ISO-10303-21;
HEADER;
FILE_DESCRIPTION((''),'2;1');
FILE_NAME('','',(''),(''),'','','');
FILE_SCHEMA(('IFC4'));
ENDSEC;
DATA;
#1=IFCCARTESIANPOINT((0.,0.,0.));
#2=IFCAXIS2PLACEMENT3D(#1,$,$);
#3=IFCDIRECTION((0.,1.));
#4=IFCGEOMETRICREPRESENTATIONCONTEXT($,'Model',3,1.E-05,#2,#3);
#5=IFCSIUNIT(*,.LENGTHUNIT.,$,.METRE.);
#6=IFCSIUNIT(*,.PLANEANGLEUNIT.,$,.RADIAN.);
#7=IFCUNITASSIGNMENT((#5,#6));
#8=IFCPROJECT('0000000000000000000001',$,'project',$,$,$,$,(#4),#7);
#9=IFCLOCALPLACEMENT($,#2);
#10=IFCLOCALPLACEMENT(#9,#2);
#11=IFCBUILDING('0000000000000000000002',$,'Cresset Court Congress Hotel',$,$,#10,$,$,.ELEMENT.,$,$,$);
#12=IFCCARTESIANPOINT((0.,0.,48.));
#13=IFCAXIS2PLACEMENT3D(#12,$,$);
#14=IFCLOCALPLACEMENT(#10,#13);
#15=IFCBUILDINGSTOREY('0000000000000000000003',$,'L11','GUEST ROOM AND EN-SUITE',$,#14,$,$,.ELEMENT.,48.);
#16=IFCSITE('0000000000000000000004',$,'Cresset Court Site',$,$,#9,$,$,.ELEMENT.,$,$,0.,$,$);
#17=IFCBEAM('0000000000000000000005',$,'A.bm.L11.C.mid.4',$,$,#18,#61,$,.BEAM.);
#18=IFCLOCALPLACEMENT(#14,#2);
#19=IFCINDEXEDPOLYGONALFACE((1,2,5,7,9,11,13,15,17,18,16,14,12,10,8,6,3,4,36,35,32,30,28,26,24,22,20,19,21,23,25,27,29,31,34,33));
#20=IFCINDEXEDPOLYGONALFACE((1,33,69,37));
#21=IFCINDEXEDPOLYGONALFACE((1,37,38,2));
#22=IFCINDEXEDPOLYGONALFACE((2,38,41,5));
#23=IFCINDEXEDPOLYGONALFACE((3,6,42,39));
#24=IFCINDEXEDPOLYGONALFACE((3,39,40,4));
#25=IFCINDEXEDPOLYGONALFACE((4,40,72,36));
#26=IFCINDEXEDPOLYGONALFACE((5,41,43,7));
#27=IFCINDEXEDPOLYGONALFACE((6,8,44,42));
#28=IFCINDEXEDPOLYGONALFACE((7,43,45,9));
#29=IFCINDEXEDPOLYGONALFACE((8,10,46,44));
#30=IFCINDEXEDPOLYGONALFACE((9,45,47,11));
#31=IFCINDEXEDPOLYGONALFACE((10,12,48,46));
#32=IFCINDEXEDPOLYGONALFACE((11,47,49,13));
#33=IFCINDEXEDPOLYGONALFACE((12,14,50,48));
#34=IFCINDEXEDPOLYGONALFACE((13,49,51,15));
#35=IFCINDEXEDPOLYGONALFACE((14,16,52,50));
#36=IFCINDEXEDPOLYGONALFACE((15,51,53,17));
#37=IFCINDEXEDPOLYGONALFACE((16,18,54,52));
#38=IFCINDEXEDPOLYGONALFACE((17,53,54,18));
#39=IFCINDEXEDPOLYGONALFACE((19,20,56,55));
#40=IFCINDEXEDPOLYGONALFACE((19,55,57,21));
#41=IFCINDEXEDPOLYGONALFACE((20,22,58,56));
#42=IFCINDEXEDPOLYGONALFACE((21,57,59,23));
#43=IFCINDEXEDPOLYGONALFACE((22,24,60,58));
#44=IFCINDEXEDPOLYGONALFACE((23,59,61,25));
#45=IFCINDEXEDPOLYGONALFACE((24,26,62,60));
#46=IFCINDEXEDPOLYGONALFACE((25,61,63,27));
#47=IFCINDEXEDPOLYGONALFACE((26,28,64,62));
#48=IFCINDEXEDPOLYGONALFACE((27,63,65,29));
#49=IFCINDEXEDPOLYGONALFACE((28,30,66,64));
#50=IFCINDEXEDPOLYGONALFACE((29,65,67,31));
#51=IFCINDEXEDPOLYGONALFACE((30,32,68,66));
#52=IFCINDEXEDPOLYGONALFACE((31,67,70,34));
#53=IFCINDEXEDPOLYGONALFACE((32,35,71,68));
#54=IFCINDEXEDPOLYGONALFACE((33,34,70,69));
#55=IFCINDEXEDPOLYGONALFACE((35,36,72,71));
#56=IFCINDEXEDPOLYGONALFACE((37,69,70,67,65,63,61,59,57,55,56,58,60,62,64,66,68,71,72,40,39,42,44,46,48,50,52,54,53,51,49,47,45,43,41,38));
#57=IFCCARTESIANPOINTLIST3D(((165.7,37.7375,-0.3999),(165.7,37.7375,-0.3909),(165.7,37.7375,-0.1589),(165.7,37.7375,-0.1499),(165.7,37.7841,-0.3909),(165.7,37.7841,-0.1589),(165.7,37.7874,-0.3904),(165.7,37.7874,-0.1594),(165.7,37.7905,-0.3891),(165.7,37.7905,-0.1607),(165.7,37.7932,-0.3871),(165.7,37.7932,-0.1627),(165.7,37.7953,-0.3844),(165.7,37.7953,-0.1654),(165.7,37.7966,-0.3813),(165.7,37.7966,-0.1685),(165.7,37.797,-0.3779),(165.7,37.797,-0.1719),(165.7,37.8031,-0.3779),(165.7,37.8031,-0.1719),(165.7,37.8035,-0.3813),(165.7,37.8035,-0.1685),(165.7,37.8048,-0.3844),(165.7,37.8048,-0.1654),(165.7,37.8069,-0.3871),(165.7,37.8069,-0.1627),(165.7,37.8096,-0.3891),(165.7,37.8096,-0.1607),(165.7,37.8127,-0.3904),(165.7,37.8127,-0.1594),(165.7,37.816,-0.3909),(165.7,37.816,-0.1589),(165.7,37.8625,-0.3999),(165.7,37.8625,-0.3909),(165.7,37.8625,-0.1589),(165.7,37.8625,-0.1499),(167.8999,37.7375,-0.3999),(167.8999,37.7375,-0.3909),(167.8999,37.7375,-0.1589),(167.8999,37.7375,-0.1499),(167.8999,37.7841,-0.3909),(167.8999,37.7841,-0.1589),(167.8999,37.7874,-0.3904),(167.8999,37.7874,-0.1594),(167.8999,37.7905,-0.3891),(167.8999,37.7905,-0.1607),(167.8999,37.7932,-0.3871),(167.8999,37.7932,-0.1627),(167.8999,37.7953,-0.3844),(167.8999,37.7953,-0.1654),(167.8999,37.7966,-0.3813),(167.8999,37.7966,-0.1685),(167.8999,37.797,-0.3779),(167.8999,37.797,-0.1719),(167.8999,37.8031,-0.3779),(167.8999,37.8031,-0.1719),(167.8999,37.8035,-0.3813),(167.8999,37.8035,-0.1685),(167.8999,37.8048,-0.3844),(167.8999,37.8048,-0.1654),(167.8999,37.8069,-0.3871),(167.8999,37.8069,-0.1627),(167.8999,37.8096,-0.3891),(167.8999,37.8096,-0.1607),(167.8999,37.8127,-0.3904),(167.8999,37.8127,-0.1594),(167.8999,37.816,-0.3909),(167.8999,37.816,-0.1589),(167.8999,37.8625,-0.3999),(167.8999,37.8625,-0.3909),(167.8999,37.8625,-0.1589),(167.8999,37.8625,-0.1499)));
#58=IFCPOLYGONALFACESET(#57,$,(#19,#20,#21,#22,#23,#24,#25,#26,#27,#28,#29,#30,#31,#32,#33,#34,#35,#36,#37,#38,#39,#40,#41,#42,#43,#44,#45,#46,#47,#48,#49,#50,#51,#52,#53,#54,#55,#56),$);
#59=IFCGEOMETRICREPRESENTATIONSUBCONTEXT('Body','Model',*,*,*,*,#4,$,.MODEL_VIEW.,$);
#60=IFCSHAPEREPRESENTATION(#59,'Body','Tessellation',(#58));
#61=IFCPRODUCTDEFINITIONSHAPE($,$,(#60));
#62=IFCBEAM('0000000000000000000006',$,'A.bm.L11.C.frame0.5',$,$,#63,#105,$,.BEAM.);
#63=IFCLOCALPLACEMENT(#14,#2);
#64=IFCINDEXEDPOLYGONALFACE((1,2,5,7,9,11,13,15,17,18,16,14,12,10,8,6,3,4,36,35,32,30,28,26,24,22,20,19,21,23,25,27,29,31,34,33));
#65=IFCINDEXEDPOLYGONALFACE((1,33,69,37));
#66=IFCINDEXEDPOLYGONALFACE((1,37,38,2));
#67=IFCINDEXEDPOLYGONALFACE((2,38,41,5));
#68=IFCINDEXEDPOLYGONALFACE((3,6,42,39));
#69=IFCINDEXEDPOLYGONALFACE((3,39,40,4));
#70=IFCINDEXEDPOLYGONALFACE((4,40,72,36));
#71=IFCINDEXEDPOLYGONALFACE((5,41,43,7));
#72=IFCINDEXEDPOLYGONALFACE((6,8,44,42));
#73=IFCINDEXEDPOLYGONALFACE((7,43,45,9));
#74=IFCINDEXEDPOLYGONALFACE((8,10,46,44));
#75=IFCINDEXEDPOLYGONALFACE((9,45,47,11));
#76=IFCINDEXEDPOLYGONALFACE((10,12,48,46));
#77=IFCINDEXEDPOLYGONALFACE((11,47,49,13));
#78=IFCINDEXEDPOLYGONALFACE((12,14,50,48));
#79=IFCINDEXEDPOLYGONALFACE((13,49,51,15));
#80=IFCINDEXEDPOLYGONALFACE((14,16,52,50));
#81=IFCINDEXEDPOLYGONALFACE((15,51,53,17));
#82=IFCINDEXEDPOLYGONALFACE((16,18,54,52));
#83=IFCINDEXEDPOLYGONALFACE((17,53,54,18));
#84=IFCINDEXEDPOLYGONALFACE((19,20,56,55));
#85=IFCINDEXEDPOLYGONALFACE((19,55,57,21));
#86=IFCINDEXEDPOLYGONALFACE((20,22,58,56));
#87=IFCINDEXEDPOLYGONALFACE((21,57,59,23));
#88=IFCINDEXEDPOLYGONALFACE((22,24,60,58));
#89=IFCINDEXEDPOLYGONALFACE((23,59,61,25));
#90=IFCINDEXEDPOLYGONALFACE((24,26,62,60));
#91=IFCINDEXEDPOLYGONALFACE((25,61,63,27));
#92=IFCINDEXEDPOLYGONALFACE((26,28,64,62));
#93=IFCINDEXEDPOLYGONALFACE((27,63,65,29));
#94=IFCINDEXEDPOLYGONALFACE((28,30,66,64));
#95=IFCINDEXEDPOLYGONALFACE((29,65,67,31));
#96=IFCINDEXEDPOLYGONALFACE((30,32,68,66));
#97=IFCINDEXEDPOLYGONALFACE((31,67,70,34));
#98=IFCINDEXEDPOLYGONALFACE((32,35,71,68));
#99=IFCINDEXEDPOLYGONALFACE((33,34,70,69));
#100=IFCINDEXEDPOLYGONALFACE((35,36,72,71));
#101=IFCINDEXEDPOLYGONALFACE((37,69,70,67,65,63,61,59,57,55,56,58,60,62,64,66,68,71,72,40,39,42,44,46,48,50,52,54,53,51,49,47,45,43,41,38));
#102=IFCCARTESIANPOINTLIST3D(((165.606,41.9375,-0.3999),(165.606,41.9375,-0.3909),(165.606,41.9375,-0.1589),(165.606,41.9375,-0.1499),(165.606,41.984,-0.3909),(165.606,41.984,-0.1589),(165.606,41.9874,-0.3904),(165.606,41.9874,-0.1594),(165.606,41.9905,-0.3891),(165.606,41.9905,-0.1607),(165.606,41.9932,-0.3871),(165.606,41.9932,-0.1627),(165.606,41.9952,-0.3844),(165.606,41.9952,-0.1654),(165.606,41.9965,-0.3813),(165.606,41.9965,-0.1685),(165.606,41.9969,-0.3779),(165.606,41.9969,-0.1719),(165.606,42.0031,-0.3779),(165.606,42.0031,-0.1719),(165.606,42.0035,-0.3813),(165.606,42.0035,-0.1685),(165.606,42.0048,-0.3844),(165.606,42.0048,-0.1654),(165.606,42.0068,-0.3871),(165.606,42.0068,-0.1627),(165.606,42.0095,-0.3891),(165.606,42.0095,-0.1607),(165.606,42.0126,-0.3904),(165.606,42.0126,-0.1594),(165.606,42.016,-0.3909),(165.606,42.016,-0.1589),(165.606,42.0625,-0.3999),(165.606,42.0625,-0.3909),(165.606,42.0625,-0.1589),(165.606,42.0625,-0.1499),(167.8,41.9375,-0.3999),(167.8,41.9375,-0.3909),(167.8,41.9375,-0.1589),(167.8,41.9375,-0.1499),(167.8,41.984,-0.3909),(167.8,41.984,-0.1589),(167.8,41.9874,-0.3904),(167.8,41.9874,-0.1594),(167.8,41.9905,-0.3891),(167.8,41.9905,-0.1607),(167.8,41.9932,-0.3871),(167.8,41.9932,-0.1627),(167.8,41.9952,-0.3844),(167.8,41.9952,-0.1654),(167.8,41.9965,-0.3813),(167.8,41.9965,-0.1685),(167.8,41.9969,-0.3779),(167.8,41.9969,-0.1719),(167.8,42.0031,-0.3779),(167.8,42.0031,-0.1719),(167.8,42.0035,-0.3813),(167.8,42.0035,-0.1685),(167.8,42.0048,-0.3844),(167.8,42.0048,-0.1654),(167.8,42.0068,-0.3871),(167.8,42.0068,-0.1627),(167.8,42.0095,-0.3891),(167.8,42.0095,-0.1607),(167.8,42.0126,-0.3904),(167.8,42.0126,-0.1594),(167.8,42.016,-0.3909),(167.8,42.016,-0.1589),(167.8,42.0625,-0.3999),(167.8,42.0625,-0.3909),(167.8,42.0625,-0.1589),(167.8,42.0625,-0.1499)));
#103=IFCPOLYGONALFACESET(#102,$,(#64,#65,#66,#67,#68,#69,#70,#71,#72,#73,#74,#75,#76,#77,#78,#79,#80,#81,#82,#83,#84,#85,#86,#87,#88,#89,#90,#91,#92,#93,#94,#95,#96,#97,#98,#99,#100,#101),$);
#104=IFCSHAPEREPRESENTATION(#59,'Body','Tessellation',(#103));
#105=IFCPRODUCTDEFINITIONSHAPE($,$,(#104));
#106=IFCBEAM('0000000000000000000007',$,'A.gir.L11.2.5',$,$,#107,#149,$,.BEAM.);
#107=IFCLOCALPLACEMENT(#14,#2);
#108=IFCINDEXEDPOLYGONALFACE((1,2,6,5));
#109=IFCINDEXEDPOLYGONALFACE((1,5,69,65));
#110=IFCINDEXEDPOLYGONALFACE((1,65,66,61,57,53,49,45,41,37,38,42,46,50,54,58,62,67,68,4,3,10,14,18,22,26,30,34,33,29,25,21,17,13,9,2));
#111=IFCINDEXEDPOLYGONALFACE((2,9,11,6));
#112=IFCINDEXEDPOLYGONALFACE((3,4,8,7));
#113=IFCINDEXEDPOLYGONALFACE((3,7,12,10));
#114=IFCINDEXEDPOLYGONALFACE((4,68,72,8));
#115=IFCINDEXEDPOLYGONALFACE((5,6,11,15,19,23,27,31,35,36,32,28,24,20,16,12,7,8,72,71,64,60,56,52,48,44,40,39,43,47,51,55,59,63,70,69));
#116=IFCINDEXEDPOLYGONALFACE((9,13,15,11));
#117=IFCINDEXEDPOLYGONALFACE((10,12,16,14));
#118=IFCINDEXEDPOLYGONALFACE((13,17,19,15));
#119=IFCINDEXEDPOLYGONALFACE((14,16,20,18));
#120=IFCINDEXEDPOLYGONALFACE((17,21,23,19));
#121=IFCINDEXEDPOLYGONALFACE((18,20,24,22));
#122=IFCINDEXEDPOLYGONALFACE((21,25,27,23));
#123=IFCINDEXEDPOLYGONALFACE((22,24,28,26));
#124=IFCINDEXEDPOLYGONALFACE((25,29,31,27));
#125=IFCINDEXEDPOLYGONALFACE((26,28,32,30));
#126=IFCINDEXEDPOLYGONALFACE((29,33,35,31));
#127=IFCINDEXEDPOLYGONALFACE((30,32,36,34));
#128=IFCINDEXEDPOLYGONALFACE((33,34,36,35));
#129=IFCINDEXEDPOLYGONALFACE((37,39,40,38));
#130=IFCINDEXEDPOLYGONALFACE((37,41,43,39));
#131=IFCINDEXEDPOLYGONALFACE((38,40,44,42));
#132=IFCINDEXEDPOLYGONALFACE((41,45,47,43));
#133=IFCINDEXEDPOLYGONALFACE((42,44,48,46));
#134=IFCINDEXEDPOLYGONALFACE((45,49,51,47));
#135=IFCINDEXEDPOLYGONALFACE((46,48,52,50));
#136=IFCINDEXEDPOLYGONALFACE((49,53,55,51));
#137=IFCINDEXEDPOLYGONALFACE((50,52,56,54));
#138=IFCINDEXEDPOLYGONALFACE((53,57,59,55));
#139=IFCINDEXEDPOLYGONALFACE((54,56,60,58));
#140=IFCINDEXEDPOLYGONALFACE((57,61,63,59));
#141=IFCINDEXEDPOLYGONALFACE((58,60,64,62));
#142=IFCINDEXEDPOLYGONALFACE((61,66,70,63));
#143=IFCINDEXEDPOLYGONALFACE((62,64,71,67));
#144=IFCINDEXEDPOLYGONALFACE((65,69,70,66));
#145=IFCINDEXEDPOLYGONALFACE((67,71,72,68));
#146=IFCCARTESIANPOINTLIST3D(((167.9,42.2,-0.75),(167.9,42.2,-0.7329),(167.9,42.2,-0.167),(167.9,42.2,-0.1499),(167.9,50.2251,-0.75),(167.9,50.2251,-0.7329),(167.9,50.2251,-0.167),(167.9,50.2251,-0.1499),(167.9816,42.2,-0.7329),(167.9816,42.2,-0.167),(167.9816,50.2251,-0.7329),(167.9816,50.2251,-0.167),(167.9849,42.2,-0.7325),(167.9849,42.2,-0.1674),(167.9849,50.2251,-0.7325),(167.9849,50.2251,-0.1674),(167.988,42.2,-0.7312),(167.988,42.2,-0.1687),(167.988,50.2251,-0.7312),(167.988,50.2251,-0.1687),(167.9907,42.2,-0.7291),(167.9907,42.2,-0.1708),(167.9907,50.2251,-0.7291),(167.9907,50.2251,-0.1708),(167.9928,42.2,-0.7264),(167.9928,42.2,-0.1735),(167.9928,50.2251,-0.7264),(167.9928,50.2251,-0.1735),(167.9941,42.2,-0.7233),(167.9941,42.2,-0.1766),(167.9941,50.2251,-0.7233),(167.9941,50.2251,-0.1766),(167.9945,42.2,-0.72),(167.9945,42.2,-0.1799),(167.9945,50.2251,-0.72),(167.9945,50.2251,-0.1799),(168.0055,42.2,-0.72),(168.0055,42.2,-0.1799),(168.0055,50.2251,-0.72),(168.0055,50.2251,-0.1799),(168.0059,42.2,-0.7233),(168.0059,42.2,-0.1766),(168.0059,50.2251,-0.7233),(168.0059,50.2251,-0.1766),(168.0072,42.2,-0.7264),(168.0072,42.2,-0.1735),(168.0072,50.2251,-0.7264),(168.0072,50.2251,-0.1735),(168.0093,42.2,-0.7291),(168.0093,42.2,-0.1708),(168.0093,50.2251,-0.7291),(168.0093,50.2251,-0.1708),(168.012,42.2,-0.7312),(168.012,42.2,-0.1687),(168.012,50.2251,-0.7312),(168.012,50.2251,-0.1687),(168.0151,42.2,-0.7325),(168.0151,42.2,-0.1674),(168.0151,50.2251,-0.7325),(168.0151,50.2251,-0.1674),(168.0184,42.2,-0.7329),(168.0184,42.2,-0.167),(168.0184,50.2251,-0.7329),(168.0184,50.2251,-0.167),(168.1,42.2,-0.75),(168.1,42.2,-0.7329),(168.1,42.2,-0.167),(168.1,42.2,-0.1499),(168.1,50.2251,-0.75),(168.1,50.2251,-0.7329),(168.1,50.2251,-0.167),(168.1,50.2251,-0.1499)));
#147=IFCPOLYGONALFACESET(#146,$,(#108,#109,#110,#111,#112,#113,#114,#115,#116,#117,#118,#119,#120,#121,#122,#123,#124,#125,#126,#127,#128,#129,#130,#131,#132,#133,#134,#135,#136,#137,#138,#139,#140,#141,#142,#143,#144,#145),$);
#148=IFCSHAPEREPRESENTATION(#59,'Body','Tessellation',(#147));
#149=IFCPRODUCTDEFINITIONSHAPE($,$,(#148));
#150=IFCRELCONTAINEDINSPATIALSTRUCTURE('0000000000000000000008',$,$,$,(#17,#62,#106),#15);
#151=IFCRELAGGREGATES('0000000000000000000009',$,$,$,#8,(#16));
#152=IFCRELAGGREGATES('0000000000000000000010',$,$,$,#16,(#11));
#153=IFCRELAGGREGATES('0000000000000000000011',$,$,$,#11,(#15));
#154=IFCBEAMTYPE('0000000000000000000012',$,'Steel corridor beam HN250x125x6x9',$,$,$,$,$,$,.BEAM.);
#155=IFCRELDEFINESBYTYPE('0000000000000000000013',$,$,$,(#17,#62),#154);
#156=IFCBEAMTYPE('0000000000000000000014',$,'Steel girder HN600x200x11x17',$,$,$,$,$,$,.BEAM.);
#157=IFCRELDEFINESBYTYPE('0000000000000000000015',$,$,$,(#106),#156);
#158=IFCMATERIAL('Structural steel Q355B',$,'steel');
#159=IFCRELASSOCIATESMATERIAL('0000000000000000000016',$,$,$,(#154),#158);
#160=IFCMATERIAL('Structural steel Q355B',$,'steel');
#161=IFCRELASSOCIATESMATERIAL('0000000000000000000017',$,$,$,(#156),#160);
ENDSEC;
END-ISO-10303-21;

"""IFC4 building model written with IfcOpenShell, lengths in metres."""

from ifc_helpers import new_model, si_unit, direction, frame, origin, origin_2d, place, context, subcontext, project, spatial, i_section, extrude, material, material_profile, profile_set, type_object, element, save


model = new_model("IFC4")

# Units and contexts
model_context = context("Model", 3, precision=1e-05, world=origin(), true_north=direction((0.0, 1.0)))
body_context = subcontext(model_context, "Body", "Model", "MODEL_VIEW")
ifc_project = project(units=[si_unit("LENGTHUNIT", "METRE"), si_unit("PLANEANGLEUNIT", "RADIAN")], contexts=[model_context])

# Site, building, storey
site_placement = place(None, origin())
site = spatial("IfcSite", under=ifc_project, at=site_placement, Name="Cresset Court Site", CompositionType="ELEMENT", RefElevation=0.0)
building_placement = place(site_placement, origin())
building = spatial("IfcBuilding", under=site, at=building_placement, Name="Cresset Court Congress Hotel", CompositionType="ELEMENT")
storey_placement = place(building_placement, frame((0.0, 0.0, 48.0)))
storey = spatial("IfcBuildingStorey", under=building, at=storey_placement, Name="L11", Description="GUEST ROOM AND EN-SUITE", CompositionType="ELEMENT", Elevation=48.0)

# Beams
ifc_material_1 = material(Name="Structural steel Q355B", Category="steel")
ifc_material_profile_1 = material_profile(ifc_material_1, i_section(OverallWidth=0.125, OverallDepth=0.25, WebThickness=0.0061, FlangeThickness=0.009, FilletRadius=0.0129, at=origin_2d()), Name="HN250x125x6x9")
ifc_profile_set_1 = profile_set([ifc_material_profile_1], Name="Structural steel Q355B")
beam_type_1 = type_object("IfcBeamType", Name="Steel corridor beam HN250x125x6x9", PredefinedType="BEAM", material=ifc_profile_set_1)
beam_1_placement = place(storey_placement, frame((165.7, 37.8, -0.2749), z_axis=(1.0, 0.0, 0.0), x_axis=(0.0, 1.0, 0.0)))
element("IfcBeam", 1, at=beam_1_placement, inside=storey, type_object=beam_type_1, Name="A.bm.L11.C.mid.4", PredefinedType="BEAM", context=body_context, shape_type="SweptSolid", body=[
    extrude(i_section(OverallWidth=0.125, OverallDepth=0.25, WebThickness=0.0061, FlangeThickness=0.009, FilletRadius=0.0129, at=origin_2d()), origin(), (0.0, 0.0, 1.0), 2.2),
])
beam_2_placement = place(storey_placement, frame((165.606, 42.0, -0.2749), z_axis=(1.0, 0.0, 0.0), x_axis=(0.0, 1.0, 0.0)))
element("IfcBeam", 2, at=beam_2_placement, inside=storey, type_object=beam_type_1, Name="A.bm.L11.C.frame0.5", PredefinedType="BEAM", context=body_context, shape_type="SweptSolid", body=[
    extrude(i_section(OverallWidth=0.125, OverallDepth=0.25, WebThickness=0.0061, FlangeThickness=0.009, FilletRadius=0.0129, at=origin_2d()), origin(), (0.0, 0.0, 1.0), 2.1941),
])
ifc_material_2 = material(Name="Structural steel Q355B", Category="steel")
ifc_material_profile_2 = material_profile(ifc_material_2, i_section(OverallWidth=0.2, OverallDepth=0.6001, WebThickness=0.011, FlangeThickness=0.0171, FilletRadius=0.0129, at=origin_2d()), Name="HN600x200x11x17")
ifc_profile_set_2 = profile_set([ifc_material_profile_2], Name="Structural steel Q355B")
beam_type_2 = type_object("IfcBeamType", Name="Steel girder HN600x200x11x17", PredefinedType="BEAM", material=ifc_profile_set_2)
beam_3_placement = place(storey_placement, frame((168.0, 42.2, -0.45), z_axis=(0.0, 1.0, 0.0), x_axis=(-1.0, 0.0, 0.0)))
element("IfcBeam", 3, at=beam_3_placement, inside=storey, type_object=beam_type_2, Name="A.gir.L11.2.5", PredefinedType="BEAM", context=body_context, shape_type="SweptSolid", body=[
    extrude(i_section(OverallWidth=0.2, OverallDepth=0.6001, WebThickness=0.011, FlangeThickness=0.0171, FilletRadius=0.0129, at=origin_2d()), origin(), (0.0, 0.0, 1.0), 8.0251),
])

save(model, "model.ifc")
